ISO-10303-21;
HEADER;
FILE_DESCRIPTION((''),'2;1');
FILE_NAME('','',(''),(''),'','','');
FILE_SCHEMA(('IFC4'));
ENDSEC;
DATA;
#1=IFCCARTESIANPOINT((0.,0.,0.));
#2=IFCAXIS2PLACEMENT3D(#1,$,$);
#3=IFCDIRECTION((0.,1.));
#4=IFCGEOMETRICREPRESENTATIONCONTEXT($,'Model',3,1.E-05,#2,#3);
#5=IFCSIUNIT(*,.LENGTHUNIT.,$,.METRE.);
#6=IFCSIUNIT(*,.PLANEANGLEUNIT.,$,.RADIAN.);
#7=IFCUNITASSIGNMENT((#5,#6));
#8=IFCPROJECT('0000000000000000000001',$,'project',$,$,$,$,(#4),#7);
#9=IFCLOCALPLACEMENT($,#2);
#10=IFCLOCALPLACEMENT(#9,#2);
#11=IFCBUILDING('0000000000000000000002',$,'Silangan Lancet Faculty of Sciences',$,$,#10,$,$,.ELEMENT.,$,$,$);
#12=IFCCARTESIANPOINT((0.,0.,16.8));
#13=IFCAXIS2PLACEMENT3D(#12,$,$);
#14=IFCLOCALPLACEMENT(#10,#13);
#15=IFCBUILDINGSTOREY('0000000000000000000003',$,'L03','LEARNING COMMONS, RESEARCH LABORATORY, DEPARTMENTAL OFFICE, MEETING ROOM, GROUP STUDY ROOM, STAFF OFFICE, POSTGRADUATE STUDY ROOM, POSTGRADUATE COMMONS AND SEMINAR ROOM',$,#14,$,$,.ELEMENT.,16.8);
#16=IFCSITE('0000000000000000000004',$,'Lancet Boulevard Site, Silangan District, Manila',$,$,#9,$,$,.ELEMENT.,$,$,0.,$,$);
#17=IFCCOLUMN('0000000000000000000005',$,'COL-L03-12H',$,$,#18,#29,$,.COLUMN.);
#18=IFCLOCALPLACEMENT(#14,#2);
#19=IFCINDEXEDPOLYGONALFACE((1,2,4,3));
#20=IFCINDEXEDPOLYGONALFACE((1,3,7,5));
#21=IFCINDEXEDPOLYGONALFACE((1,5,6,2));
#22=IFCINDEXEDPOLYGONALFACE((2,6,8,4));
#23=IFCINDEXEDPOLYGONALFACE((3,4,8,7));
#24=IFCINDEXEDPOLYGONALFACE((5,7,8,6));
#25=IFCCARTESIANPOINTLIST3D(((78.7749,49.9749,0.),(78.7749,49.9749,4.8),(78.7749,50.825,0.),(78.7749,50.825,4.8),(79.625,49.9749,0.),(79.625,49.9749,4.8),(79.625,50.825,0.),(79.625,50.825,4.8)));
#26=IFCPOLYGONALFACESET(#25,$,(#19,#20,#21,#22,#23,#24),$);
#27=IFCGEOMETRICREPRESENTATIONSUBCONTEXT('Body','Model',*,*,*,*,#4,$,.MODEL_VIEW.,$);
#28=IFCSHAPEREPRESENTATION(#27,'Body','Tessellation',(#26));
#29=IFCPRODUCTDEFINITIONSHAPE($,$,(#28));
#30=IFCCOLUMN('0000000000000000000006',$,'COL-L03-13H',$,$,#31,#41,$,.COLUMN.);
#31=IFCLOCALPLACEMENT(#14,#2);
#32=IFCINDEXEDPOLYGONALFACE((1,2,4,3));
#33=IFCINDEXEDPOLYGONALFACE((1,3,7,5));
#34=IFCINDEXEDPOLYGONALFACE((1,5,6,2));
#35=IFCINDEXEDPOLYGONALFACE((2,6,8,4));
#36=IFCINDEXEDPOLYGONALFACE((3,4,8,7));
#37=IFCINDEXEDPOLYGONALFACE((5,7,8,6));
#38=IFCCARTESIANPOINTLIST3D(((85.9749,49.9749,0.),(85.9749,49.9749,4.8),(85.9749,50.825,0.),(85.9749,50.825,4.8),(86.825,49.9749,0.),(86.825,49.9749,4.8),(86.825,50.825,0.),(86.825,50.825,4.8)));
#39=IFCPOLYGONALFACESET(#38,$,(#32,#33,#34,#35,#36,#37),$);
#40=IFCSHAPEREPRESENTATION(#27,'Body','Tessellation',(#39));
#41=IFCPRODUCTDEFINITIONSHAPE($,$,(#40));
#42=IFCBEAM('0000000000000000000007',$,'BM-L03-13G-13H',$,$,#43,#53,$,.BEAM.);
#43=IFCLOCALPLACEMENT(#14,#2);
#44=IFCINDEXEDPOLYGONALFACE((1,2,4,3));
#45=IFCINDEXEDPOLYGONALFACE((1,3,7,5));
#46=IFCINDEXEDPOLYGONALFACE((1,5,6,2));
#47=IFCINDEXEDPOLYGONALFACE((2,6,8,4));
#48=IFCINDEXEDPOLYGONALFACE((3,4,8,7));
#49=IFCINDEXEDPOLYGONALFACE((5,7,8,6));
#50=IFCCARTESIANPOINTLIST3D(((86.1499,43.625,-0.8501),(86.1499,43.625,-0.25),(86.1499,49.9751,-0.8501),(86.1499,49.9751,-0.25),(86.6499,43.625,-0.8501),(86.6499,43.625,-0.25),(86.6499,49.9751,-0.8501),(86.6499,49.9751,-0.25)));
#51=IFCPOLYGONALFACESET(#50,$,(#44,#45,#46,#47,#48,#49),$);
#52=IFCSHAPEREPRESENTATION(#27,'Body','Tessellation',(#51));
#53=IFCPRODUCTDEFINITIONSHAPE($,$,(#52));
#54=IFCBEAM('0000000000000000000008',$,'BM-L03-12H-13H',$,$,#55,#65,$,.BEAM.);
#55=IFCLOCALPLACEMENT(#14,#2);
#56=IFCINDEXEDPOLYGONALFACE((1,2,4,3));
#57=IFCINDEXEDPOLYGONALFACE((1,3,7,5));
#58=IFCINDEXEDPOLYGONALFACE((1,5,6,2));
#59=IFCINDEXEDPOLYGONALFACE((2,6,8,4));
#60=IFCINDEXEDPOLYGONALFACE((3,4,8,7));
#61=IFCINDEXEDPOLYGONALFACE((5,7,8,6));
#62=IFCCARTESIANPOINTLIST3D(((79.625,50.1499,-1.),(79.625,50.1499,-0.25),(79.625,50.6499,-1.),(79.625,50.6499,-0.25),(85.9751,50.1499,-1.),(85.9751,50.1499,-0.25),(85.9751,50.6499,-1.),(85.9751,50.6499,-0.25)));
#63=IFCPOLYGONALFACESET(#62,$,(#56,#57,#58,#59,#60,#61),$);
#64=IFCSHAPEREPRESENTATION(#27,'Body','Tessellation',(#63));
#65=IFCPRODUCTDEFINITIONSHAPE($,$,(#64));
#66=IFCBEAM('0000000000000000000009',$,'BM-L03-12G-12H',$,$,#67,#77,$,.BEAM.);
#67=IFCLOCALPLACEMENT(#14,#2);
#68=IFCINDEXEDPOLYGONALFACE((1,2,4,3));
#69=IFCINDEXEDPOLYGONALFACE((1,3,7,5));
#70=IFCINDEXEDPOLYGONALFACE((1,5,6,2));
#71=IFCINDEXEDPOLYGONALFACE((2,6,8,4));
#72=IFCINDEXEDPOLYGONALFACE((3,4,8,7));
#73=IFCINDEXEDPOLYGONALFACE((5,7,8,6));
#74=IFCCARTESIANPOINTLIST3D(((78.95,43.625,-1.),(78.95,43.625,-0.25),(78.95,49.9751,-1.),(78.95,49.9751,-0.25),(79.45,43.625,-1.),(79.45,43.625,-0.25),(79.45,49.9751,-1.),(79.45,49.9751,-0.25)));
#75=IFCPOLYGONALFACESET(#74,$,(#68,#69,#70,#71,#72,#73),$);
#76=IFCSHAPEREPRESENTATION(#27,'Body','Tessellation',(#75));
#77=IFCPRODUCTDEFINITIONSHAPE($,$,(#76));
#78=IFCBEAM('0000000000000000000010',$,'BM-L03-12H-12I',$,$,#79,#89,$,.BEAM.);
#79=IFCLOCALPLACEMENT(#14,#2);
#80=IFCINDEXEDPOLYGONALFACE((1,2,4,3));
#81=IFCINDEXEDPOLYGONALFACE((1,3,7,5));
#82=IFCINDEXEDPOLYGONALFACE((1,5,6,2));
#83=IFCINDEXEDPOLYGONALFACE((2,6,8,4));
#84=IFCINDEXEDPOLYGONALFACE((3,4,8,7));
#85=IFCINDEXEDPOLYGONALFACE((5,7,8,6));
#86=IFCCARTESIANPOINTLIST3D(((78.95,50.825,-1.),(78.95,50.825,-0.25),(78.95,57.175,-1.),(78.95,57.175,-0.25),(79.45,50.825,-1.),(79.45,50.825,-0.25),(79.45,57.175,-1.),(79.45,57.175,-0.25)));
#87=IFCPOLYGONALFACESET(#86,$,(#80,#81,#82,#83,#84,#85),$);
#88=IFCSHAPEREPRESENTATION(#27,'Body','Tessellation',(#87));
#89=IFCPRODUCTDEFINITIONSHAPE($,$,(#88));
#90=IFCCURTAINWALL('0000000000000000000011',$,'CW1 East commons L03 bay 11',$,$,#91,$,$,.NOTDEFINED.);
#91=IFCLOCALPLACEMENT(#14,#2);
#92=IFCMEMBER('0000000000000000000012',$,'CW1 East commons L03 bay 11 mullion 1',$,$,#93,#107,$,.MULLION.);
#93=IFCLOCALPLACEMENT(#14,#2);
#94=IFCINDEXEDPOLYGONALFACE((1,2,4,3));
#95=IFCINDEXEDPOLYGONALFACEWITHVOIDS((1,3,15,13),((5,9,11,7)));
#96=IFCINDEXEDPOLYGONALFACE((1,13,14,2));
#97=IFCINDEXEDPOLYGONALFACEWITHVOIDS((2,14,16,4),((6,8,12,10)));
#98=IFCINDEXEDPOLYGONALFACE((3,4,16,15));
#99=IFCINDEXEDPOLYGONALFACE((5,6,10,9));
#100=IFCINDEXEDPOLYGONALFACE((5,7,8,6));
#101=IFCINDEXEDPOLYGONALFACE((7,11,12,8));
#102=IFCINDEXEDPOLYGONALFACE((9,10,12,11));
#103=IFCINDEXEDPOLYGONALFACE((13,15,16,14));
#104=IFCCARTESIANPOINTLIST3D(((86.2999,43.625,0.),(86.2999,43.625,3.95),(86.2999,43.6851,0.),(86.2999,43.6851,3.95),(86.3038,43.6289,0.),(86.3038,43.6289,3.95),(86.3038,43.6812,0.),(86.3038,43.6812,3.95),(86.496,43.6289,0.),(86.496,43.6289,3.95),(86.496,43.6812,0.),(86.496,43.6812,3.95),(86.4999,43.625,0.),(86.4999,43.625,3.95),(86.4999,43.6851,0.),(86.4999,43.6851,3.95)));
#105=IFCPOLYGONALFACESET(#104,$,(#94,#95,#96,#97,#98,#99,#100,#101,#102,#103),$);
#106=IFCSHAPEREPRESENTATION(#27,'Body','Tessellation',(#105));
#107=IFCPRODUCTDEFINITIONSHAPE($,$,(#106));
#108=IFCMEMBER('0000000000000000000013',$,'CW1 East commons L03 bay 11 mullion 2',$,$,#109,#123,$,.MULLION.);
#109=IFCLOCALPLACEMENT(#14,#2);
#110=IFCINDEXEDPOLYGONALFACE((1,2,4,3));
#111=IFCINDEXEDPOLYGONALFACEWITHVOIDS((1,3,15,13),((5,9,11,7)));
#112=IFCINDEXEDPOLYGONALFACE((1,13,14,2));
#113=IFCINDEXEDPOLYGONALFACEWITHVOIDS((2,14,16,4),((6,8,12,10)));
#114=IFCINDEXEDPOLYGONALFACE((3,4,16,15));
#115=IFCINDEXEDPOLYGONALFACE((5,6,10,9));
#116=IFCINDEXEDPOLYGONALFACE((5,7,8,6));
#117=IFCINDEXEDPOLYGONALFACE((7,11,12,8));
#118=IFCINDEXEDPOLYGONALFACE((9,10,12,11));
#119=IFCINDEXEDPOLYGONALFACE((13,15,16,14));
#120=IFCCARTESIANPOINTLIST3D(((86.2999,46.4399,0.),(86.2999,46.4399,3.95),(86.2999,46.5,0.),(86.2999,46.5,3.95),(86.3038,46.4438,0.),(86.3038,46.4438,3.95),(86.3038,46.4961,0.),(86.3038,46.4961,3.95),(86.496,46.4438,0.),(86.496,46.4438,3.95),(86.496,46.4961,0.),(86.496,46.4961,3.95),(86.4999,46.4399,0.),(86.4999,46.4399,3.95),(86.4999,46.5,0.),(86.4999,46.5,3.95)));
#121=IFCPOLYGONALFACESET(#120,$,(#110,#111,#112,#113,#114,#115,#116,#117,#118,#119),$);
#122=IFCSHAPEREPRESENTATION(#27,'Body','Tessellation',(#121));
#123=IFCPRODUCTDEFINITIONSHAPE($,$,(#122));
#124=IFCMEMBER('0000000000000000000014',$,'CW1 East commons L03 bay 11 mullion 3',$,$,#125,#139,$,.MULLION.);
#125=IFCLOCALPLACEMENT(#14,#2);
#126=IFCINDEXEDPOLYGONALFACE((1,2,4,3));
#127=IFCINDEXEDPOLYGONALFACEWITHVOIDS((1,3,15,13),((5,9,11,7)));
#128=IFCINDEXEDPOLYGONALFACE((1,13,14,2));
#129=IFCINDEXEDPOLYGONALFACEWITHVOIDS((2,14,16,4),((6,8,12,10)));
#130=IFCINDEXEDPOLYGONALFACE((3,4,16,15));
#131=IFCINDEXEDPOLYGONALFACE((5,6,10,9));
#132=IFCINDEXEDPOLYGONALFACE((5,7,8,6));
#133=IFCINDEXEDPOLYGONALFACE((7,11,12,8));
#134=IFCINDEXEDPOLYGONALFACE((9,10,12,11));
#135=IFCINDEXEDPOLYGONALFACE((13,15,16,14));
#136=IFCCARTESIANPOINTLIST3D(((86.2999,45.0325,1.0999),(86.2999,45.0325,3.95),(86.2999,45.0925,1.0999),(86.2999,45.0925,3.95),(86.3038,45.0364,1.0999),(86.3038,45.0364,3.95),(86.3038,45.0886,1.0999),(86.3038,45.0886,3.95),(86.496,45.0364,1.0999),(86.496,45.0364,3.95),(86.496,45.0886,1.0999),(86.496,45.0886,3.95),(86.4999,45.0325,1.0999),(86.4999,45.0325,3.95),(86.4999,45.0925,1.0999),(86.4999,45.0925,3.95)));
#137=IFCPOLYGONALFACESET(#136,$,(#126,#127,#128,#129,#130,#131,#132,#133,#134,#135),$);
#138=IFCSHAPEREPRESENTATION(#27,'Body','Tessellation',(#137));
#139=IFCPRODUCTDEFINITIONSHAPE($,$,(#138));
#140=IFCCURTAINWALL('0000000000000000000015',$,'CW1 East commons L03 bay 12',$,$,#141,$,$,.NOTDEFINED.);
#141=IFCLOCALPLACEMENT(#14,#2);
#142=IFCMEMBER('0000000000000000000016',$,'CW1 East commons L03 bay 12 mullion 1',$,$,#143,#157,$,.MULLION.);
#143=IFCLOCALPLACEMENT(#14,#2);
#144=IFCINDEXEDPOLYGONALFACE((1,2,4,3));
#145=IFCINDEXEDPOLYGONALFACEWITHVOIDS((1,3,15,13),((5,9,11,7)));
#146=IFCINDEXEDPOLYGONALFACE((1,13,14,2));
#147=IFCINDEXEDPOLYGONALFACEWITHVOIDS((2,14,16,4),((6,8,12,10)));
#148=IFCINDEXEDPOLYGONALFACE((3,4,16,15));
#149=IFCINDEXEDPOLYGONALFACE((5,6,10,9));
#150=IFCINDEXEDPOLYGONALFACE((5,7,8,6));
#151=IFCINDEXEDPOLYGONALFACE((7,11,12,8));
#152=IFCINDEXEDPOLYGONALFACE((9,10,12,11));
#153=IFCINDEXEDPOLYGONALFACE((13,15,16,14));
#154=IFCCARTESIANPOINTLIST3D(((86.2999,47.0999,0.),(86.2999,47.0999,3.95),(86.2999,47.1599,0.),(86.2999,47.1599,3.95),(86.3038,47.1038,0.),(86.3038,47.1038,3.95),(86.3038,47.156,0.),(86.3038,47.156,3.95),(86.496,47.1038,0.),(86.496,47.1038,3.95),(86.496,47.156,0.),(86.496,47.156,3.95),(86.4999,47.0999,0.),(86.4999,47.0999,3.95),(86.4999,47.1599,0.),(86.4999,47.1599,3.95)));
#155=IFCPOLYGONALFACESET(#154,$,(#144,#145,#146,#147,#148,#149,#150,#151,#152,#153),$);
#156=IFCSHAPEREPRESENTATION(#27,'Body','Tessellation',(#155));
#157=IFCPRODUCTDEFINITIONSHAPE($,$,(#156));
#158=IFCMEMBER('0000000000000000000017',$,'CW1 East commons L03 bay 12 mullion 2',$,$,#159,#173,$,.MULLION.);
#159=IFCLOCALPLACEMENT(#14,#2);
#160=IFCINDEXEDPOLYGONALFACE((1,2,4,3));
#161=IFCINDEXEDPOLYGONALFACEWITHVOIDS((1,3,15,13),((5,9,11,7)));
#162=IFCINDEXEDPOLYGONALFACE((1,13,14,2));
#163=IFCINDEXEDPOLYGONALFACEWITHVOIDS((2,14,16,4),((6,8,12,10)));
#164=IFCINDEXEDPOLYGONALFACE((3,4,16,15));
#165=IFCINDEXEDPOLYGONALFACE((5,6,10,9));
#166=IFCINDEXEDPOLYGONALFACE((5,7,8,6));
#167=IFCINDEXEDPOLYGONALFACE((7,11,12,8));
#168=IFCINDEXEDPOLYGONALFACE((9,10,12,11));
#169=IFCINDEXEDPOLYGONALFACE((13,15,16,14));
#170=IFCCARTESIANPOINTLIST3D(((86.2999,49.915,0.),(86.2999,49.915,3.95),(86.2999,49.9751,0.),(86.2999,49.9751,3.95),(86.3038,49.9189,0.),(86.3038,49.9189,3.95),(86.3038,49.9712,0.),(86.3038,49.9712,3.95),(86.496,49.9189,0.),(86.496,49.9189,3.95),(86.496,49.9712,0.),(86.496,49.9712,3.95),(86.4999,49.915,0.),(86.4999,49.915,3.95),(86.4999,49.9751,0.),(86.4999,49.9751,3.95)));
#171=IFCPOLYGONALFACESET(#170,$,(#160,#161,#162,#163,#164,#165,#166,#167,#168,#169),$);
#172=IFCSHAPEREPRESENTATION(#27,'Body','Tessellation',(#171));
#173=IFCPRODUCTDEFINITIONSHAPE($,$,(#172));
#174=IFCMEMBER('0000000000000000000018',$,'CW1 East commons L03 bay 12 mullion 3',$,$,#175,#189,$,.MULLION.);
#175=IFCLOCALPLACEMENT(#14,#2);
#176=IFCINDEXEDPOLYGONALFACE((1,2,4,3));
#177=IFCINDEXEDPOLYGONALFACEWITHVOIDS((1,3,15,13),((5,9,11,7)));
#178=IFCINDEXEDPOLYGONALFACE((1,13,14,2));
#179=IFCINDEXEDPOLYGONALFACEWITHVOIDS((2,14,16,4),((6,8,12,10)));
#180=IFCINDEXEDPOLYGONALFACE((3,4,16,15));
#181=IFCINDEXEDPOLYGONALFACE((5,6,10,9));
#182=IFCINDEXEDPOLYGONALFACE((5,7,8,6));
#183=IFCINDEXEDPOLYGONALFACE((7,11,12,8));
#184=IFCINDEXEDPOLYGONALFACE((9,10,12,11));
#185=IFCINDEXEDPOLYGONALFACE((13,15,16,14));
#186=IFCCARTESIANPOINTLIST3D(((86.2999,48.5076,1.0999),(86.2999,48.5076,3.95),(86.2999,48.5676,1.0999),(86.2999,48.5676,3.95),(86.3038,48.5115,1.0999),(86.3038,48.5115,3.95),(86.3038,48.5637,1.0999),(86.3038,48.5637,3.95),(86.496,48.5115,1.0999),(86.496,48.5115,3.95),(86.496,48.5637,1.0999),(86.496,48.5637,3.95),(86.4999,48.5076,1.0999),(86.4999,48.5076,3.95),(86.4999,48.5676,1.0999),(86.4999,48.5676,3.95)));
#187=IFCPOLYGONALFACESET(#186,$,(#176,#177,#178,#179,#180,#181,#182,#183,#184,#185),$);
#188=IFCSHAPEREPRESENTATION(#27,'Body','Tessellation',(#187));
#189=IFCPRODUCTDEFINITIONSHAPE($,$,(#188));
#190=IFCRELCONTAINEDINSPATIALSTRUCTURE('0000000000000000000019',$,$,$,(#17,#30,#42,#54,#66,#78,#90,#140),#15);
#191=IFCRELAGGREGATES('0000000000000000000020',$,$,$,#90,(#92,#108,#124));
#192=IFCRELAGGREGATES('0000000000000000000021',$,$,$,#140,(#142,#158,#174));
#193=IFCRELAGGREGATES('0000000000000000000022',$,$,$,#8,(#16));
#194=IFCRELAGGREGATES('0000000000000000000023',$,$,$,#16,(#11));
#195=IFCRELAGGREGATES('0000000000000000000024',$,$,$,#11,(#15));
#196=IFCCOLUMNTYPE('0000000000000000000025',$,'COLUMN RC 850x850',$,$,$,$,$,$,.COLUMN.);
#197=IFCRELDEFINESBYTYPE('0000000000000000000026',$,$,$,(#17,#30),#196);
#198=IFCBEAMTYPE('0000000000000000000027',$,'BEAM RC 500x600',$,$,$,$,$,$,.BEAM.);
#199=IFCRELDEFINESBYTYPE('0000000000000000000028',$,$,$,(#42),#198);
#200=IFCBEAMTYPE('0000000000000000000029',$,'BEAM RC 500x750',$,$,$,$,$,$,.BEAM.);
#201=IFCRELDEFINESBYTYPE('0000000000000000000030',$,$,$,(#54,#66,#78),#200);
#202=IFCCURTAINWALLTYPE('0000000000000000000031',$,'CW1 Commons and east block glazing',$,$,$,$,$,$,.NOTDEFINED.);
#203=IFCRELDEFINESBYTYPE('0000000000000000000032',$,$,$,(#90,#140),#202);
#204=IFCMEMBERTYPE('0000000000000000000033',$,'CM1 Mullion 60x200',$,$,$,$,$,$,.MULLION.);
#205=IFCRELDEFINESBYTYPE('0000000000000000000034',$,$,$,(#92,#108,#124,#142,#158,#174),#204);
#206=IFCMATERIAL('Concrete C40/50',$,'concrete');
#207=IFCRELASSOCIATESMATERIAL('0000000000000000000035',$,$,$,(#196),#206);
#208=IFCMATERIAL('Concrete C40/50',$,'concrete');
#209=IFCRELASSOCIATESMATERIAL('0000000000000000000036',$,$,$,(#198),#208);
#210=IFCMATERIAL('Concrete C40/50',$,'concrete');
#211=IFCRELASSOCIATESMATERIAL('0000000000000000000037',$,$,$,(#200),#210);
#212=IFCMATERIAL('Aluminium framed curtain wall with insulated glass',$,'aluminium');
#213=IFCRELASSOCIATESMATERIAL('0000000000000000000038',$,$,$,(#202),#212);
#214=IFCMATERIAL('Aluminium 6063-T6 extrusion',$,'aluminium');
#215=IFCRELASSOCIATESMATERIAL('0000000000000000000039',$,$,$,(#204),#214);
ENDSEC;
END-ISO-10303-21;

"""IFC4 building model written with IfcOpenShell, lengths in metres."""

from ifc_helpers import new_model, si_unit, direction, frame, origin, origin_2d, place, context, subcontext, project, spatial, rectangle, hollow_rectangle, extrude, material, material_profile, profile_set, type_object, element, aggregate, save


model = new_model("IFC4")

# Units and contexts
model_context = context("Model", 3, precision=1e-05, world=origin(), true_north=direction((0.0, 1.0)))
body_context = subcontext(model_context, "Body", "Model", "MODEL_VIEW")
ifc_project = project(units=[si_unit("LENGTHUNIT", "METRE"), si_unit("PLANEANGLEUNIT", "RADIAN")], contexts=[model_context])

# Site, building, storey
site_placement = place(None, origin())
site = spatial("IfcSite", under=ifc_project, at=site_placement, Name="Lancet Boulevard Site, Silangan District, Manila", CompositionType="ELEMENT", RefElevation=0.0)
building_placement = place(site_placement, origin())
building = spatial("IfcBuilding", under=site, at=building_placement, Name="Silangan Lancet Faculty of Sciences", CompositionType="ELEMENT")
storey_placement = place(building_placement, frame((0.0, 0.0, 16.8)))
storey = spatial("IfcBuildingStorey", under=building, at=storey_placement, Name="L03", Description="LEARNING COMMONS, RESEARCH LABORATORY, DEPARTMENTAL OFFICE, MEETING ROOM, GROUP STUDY ROOM, STAFF OFFICE, POSTGRADUATE STUDY ROOM, POSTGRADUATE COMMONS AND SEMINAR ROOM", CompositionType="ELEMENT", Elevation=16.8)

# Columns
ifc_material_1 = material(Name="Concrete C40/50", Category="concrete")
ifc_material_profile_1 = material_profile(ifc_material_1, rectangle(XDim=0.8501, YDim=0.8501, at=origin_2d()), Name="RC 850x850")
ifc_profile_set_1 = profile_set([ifc_material_profile_1], Name="Concrete C40/50")
column_type = type_object("IfcColumnType", Name="COLUMN RC 850x850", PredefinedType="COLUMN", material=ifc_profile_set_1)
for number, where, z_axis, x_axis, name in (
    (1, (79.2, 50.3999, 0.0), (0.0, 0.0, 1.0), (1.0, 0.0, 0.0), "COL-L03-12H"),
    (2, (86.3999, 50.3999, 0.0), (0.0, 0.0, 1.0), (1.0, 0.0, 0.0), "COL-L03-13H"),
):
    element("IfcColumn", number, at=place(storey_placement, frame(where, z_axis=z_axis, x_axis=x_axis)), inside=storey, type_object=column_type, Name=name, PredefinedType="COLUMN", context=body_context, shape_type="SweptSolid", body=[
        extrude(rectangle(XDim=0.8501, YDim=0.8501, at=origin_2d()), origin(), (0.0, 0.0, 1.0), 4.8),
    ])

# Beams
ifc_material_2 = material(Name="Concrete C40/50", Category="concrete")
ifc_material_profile_2 = material_profile(ifc_material_2, rectangle(XDim=0.5, YDim=0.6001, at=origin_2d()), Name="RC 500x600")
ifc_profile_set_2 = profile_set([ifc_material_profile_2], Name="Concrete C40/50")
beam_type_1 = type_object("IfcBeamType", Name="BEAM RC 500x600", PredefinedType="BEAM", material=ifc_profile_set_2)
beam_placement = place(storey_placement, frame((86.3999, 43.625, -0.55), z_axis=(0.0, 1.0, 0.0), x_axis=(-1.0, 0.0, 0.0)))
element("IfcBeam", 3, at=beam_placement, inside=storey, type_object=beam_type_1, Name="BM-L03-13G-13H", PredefinedType="BEAM", context=body_context, shape_type="SweptSolid", body=[
    extrude(rectangle(XDim=0.5, YDim=0.6001, at=origin_2d()), origin(), (0.0, 0.0, 1.0), 6.3501),
])
ifc_material_3 = material(Name="Concrete C40/50", Category="concrete")
ifc_material_profile_3 = material_profile(ifc_material_3, rectangle(XDim=0.5, YDim=0.75, at=origin_2d()), Name="RC 500x750")
ifc_profile_set_3 = profile_set([ifc_material_profile_3], Name="Concrete C40/50")
beam_type_2 = type_object("IfcBeamType", Name="BEAM RC 500x750", PredefinedType="BEAM", material=ifc_profile_set_3)
for number, where, z_axis, x_axis, name in (
    (4, (79.625, 50.3999, -0.625), (1.0, 0.0, 0.0), (0.0, 1.0, 0.0), "BM-L03-12H-13H"),
    (5, (79.2, 43.625, -0.625), (0.0, 1.0, 0.0), (-1.0, 0.0, 0.0), "BM-L03-12G-12H"),
    (6, (79.2, 50.825, -0.625), (0.0, 1.0, 0.0), (-1.0, 0.0, 0.0), "BM-L03-12H-12I"),
):
    element("IfcBeam", number, at=place(storey_placement, frame(where, z_axis=z_axis, x_axis=x_axis)), inside=storey, type_object=beam_type_2, Name=name, PredefinedType="BEAM", context=body_context, shape_type="SweptSolid", body=[
        extrude(rectangle(XDim=0.5, YDim=0.75, at=origin_2d()), origin(), (0.0, 0.0, 1.0), 6.3501),
    ])

# Curtain walls, members
ifc_material_4 = material(Name="Aluminium framed curtain wall with insulated glass", Category="aluminium")
curtain_wall_type = type_object("IfcCurtainWallType", Name="CW1 Commons and east block glazing", PredefinedType="NOTDEFINED", material=ifc_material_4)
curtain_wall_1_placement = place(storey_placement, origin())
curtain_wall_1 = element("IfcCurtainWall", 7, at=curtain_wall_1_placement, inside=storey, type_object=curtain_wall_type, Name="CW1 East commons L03 bay 11", PredefinedType="NOTDEFINED")
ifc_material_5 = material(Name="Aluminium 6063-T6 extrusion", Category="aluminium")
ifc_material_profile_4 = material_profile(ifc_material_5, hollow_rectangle(XDim=0.0601, YDim=0.2, WallThickness=0.0039, at=origin_2d()), Name="AL BOX 60x200x4")
ifc_profile_set_4 = profile_set([ifc_material_profile_4], Name="Aluminium 6063-T6 extrusion")
member_type_1 = type_object("IfcMemberType", Name="CM1 Mullion 60x200", PredefinedType="MULLION", material=ifc_profile_set_4)
member_1_placement = place(storey_placement, frame((86.3999, 43.655, 0.0), z_axis=(0.0, 0.0, 1.0), x_axis=(0.0, 1.0, 0.0)))
member_1 = element("IfcMember", 8, at=member_1_placement, type_object=member_type_1, Name="CW1 East commons L03 bay 11 mullion 1", PredefinedType="MULLION", context=body_context, shape_type="SweptSolid", body=[
    extrude(hollow_rectangle(XDim=0.0601, YDim=0.2, WallThickness=0.0039, at=origin_2d()), origin(), (0.0, 0.0, 1.0), 3.95),
])
member_2_placement = place(storey_placement, frame((86.3999, 46.47, 0.0), z_axis=(0.0, 0.0, 1.0), x_axis=(0.0, 1.0, 0.0)))
member_2 = element("IfcMember", 9, at=member_2_placement, type_object=member_type_1, Name="CW1 East commons L03 bay 11 mullion 2", PredefinedType="MULLION", context=body_context, shape_type="SweptSolid", body=[
    extrude(hollow_rectangle(XDim=0.0601, YDim=0.2, WallThickness=0.0039, at=origin_2d()), origin(), (0.0, 0.0, 1.0), 3.95),
])
member_3_placement = place(storey_placement, frame((86.3999, 45.0625, 1.0999), z_axis=(0.0, 0.0, 1.0), x_axis=(0.0, 1.0, 0.0)))
member_3 = element("IfcMember", 10, at=member_3_placement, type_object=member_type_1, Name="CW1 East commons L03 bay 11 mullion 3", PredefinedType="MULLION", context=body_context, shape_type="SweptSolid", body=[
    extrude(hollow_rectangle(XDim=0.0601, YDim=0.2, WallThickness=0.0039, at=origin_2d()), origin(), (0.0, 0.0, 1.0), 2.8501),
])
curtain_wall_2_placement = place(storey_placement, origin())
curtain_wall_2 = element("IfcCurtainWall", 11, at=curtain_wall_2_placement, inside=storey, type_object=curtain_wall_type, Name="CW1 East commons L03 bay 12", PredefinedType="NOTDEFINED")
member_4_placement = place(storey_placement, frame((86.3999, 47.1299, 0.0), z_axis=(0.0, 0.0, 1.0), x_axis=(0.0, 1.0, 0.0)))
member_4 = element("IfcMember", 12, at=member_4_placement, type_object=member_type_1, Name="CW1 East commons L03 bay 12 mullion 1", PredefinedType="MULLION", context=body_context, shape_type="SweptSolid", body=[
    extrude(hollow_rectangle(XDim=0.0601, YDim=0.2, WallThickness=0.0039, at=origin_2d()), origin(), (0.0, 0.0, 1.0), 3.95),
])
member_5_placement = place(storey_placement, frame((86.3999, 49.9451, 0.0), z_axis=(0.0, 0.0, 1.0), x_axis=(0.0, 1.0, 0.0)))
member_5 = element("IfcMember", 13, at=member_5_placement, type_object=member_type_1, Name="CW1 East commons L03 bay 12 mullion 2", PredefinedType="MULLION", context=body_context, shape_type="SweptSolid", body=[
    extrude(hollow_rectangle(XDim=0.0601, YDim=0.2, WallThickness=0.0039, at=origin_2d()), origin(), (0.0, 0.0, 1.0), 3.95),
])
member_6_placement = place(storey_placement, frame((86.3999, 48.5376, 1.0999), z_axis=(0.0, 0.0, 1.0), x_axis=(0.0, 1.0, 0.0)))
member_6 = element("IfcMember", 14, at=member_6_placement, type_object=member_type_1, Name="CW1 East commons L03 bay 12 mullion 3", PredefinedType="MULLION", context=body_context, shape_type="SweptSolid", body=[
    extrude(hollow_rectangle(XDim=0.0601, YDim=0.2, WallThickness=0.0039, at=origin_2d()), origin(), (0.0, 0.0, 1.0), 2.8501),
])

aggregate(curtain_wall_1, [member_1, member_2, member_3])
aggregate(curtain_wall_2, [member_4, member_5, member_6])

save(model, "model.ifc")
